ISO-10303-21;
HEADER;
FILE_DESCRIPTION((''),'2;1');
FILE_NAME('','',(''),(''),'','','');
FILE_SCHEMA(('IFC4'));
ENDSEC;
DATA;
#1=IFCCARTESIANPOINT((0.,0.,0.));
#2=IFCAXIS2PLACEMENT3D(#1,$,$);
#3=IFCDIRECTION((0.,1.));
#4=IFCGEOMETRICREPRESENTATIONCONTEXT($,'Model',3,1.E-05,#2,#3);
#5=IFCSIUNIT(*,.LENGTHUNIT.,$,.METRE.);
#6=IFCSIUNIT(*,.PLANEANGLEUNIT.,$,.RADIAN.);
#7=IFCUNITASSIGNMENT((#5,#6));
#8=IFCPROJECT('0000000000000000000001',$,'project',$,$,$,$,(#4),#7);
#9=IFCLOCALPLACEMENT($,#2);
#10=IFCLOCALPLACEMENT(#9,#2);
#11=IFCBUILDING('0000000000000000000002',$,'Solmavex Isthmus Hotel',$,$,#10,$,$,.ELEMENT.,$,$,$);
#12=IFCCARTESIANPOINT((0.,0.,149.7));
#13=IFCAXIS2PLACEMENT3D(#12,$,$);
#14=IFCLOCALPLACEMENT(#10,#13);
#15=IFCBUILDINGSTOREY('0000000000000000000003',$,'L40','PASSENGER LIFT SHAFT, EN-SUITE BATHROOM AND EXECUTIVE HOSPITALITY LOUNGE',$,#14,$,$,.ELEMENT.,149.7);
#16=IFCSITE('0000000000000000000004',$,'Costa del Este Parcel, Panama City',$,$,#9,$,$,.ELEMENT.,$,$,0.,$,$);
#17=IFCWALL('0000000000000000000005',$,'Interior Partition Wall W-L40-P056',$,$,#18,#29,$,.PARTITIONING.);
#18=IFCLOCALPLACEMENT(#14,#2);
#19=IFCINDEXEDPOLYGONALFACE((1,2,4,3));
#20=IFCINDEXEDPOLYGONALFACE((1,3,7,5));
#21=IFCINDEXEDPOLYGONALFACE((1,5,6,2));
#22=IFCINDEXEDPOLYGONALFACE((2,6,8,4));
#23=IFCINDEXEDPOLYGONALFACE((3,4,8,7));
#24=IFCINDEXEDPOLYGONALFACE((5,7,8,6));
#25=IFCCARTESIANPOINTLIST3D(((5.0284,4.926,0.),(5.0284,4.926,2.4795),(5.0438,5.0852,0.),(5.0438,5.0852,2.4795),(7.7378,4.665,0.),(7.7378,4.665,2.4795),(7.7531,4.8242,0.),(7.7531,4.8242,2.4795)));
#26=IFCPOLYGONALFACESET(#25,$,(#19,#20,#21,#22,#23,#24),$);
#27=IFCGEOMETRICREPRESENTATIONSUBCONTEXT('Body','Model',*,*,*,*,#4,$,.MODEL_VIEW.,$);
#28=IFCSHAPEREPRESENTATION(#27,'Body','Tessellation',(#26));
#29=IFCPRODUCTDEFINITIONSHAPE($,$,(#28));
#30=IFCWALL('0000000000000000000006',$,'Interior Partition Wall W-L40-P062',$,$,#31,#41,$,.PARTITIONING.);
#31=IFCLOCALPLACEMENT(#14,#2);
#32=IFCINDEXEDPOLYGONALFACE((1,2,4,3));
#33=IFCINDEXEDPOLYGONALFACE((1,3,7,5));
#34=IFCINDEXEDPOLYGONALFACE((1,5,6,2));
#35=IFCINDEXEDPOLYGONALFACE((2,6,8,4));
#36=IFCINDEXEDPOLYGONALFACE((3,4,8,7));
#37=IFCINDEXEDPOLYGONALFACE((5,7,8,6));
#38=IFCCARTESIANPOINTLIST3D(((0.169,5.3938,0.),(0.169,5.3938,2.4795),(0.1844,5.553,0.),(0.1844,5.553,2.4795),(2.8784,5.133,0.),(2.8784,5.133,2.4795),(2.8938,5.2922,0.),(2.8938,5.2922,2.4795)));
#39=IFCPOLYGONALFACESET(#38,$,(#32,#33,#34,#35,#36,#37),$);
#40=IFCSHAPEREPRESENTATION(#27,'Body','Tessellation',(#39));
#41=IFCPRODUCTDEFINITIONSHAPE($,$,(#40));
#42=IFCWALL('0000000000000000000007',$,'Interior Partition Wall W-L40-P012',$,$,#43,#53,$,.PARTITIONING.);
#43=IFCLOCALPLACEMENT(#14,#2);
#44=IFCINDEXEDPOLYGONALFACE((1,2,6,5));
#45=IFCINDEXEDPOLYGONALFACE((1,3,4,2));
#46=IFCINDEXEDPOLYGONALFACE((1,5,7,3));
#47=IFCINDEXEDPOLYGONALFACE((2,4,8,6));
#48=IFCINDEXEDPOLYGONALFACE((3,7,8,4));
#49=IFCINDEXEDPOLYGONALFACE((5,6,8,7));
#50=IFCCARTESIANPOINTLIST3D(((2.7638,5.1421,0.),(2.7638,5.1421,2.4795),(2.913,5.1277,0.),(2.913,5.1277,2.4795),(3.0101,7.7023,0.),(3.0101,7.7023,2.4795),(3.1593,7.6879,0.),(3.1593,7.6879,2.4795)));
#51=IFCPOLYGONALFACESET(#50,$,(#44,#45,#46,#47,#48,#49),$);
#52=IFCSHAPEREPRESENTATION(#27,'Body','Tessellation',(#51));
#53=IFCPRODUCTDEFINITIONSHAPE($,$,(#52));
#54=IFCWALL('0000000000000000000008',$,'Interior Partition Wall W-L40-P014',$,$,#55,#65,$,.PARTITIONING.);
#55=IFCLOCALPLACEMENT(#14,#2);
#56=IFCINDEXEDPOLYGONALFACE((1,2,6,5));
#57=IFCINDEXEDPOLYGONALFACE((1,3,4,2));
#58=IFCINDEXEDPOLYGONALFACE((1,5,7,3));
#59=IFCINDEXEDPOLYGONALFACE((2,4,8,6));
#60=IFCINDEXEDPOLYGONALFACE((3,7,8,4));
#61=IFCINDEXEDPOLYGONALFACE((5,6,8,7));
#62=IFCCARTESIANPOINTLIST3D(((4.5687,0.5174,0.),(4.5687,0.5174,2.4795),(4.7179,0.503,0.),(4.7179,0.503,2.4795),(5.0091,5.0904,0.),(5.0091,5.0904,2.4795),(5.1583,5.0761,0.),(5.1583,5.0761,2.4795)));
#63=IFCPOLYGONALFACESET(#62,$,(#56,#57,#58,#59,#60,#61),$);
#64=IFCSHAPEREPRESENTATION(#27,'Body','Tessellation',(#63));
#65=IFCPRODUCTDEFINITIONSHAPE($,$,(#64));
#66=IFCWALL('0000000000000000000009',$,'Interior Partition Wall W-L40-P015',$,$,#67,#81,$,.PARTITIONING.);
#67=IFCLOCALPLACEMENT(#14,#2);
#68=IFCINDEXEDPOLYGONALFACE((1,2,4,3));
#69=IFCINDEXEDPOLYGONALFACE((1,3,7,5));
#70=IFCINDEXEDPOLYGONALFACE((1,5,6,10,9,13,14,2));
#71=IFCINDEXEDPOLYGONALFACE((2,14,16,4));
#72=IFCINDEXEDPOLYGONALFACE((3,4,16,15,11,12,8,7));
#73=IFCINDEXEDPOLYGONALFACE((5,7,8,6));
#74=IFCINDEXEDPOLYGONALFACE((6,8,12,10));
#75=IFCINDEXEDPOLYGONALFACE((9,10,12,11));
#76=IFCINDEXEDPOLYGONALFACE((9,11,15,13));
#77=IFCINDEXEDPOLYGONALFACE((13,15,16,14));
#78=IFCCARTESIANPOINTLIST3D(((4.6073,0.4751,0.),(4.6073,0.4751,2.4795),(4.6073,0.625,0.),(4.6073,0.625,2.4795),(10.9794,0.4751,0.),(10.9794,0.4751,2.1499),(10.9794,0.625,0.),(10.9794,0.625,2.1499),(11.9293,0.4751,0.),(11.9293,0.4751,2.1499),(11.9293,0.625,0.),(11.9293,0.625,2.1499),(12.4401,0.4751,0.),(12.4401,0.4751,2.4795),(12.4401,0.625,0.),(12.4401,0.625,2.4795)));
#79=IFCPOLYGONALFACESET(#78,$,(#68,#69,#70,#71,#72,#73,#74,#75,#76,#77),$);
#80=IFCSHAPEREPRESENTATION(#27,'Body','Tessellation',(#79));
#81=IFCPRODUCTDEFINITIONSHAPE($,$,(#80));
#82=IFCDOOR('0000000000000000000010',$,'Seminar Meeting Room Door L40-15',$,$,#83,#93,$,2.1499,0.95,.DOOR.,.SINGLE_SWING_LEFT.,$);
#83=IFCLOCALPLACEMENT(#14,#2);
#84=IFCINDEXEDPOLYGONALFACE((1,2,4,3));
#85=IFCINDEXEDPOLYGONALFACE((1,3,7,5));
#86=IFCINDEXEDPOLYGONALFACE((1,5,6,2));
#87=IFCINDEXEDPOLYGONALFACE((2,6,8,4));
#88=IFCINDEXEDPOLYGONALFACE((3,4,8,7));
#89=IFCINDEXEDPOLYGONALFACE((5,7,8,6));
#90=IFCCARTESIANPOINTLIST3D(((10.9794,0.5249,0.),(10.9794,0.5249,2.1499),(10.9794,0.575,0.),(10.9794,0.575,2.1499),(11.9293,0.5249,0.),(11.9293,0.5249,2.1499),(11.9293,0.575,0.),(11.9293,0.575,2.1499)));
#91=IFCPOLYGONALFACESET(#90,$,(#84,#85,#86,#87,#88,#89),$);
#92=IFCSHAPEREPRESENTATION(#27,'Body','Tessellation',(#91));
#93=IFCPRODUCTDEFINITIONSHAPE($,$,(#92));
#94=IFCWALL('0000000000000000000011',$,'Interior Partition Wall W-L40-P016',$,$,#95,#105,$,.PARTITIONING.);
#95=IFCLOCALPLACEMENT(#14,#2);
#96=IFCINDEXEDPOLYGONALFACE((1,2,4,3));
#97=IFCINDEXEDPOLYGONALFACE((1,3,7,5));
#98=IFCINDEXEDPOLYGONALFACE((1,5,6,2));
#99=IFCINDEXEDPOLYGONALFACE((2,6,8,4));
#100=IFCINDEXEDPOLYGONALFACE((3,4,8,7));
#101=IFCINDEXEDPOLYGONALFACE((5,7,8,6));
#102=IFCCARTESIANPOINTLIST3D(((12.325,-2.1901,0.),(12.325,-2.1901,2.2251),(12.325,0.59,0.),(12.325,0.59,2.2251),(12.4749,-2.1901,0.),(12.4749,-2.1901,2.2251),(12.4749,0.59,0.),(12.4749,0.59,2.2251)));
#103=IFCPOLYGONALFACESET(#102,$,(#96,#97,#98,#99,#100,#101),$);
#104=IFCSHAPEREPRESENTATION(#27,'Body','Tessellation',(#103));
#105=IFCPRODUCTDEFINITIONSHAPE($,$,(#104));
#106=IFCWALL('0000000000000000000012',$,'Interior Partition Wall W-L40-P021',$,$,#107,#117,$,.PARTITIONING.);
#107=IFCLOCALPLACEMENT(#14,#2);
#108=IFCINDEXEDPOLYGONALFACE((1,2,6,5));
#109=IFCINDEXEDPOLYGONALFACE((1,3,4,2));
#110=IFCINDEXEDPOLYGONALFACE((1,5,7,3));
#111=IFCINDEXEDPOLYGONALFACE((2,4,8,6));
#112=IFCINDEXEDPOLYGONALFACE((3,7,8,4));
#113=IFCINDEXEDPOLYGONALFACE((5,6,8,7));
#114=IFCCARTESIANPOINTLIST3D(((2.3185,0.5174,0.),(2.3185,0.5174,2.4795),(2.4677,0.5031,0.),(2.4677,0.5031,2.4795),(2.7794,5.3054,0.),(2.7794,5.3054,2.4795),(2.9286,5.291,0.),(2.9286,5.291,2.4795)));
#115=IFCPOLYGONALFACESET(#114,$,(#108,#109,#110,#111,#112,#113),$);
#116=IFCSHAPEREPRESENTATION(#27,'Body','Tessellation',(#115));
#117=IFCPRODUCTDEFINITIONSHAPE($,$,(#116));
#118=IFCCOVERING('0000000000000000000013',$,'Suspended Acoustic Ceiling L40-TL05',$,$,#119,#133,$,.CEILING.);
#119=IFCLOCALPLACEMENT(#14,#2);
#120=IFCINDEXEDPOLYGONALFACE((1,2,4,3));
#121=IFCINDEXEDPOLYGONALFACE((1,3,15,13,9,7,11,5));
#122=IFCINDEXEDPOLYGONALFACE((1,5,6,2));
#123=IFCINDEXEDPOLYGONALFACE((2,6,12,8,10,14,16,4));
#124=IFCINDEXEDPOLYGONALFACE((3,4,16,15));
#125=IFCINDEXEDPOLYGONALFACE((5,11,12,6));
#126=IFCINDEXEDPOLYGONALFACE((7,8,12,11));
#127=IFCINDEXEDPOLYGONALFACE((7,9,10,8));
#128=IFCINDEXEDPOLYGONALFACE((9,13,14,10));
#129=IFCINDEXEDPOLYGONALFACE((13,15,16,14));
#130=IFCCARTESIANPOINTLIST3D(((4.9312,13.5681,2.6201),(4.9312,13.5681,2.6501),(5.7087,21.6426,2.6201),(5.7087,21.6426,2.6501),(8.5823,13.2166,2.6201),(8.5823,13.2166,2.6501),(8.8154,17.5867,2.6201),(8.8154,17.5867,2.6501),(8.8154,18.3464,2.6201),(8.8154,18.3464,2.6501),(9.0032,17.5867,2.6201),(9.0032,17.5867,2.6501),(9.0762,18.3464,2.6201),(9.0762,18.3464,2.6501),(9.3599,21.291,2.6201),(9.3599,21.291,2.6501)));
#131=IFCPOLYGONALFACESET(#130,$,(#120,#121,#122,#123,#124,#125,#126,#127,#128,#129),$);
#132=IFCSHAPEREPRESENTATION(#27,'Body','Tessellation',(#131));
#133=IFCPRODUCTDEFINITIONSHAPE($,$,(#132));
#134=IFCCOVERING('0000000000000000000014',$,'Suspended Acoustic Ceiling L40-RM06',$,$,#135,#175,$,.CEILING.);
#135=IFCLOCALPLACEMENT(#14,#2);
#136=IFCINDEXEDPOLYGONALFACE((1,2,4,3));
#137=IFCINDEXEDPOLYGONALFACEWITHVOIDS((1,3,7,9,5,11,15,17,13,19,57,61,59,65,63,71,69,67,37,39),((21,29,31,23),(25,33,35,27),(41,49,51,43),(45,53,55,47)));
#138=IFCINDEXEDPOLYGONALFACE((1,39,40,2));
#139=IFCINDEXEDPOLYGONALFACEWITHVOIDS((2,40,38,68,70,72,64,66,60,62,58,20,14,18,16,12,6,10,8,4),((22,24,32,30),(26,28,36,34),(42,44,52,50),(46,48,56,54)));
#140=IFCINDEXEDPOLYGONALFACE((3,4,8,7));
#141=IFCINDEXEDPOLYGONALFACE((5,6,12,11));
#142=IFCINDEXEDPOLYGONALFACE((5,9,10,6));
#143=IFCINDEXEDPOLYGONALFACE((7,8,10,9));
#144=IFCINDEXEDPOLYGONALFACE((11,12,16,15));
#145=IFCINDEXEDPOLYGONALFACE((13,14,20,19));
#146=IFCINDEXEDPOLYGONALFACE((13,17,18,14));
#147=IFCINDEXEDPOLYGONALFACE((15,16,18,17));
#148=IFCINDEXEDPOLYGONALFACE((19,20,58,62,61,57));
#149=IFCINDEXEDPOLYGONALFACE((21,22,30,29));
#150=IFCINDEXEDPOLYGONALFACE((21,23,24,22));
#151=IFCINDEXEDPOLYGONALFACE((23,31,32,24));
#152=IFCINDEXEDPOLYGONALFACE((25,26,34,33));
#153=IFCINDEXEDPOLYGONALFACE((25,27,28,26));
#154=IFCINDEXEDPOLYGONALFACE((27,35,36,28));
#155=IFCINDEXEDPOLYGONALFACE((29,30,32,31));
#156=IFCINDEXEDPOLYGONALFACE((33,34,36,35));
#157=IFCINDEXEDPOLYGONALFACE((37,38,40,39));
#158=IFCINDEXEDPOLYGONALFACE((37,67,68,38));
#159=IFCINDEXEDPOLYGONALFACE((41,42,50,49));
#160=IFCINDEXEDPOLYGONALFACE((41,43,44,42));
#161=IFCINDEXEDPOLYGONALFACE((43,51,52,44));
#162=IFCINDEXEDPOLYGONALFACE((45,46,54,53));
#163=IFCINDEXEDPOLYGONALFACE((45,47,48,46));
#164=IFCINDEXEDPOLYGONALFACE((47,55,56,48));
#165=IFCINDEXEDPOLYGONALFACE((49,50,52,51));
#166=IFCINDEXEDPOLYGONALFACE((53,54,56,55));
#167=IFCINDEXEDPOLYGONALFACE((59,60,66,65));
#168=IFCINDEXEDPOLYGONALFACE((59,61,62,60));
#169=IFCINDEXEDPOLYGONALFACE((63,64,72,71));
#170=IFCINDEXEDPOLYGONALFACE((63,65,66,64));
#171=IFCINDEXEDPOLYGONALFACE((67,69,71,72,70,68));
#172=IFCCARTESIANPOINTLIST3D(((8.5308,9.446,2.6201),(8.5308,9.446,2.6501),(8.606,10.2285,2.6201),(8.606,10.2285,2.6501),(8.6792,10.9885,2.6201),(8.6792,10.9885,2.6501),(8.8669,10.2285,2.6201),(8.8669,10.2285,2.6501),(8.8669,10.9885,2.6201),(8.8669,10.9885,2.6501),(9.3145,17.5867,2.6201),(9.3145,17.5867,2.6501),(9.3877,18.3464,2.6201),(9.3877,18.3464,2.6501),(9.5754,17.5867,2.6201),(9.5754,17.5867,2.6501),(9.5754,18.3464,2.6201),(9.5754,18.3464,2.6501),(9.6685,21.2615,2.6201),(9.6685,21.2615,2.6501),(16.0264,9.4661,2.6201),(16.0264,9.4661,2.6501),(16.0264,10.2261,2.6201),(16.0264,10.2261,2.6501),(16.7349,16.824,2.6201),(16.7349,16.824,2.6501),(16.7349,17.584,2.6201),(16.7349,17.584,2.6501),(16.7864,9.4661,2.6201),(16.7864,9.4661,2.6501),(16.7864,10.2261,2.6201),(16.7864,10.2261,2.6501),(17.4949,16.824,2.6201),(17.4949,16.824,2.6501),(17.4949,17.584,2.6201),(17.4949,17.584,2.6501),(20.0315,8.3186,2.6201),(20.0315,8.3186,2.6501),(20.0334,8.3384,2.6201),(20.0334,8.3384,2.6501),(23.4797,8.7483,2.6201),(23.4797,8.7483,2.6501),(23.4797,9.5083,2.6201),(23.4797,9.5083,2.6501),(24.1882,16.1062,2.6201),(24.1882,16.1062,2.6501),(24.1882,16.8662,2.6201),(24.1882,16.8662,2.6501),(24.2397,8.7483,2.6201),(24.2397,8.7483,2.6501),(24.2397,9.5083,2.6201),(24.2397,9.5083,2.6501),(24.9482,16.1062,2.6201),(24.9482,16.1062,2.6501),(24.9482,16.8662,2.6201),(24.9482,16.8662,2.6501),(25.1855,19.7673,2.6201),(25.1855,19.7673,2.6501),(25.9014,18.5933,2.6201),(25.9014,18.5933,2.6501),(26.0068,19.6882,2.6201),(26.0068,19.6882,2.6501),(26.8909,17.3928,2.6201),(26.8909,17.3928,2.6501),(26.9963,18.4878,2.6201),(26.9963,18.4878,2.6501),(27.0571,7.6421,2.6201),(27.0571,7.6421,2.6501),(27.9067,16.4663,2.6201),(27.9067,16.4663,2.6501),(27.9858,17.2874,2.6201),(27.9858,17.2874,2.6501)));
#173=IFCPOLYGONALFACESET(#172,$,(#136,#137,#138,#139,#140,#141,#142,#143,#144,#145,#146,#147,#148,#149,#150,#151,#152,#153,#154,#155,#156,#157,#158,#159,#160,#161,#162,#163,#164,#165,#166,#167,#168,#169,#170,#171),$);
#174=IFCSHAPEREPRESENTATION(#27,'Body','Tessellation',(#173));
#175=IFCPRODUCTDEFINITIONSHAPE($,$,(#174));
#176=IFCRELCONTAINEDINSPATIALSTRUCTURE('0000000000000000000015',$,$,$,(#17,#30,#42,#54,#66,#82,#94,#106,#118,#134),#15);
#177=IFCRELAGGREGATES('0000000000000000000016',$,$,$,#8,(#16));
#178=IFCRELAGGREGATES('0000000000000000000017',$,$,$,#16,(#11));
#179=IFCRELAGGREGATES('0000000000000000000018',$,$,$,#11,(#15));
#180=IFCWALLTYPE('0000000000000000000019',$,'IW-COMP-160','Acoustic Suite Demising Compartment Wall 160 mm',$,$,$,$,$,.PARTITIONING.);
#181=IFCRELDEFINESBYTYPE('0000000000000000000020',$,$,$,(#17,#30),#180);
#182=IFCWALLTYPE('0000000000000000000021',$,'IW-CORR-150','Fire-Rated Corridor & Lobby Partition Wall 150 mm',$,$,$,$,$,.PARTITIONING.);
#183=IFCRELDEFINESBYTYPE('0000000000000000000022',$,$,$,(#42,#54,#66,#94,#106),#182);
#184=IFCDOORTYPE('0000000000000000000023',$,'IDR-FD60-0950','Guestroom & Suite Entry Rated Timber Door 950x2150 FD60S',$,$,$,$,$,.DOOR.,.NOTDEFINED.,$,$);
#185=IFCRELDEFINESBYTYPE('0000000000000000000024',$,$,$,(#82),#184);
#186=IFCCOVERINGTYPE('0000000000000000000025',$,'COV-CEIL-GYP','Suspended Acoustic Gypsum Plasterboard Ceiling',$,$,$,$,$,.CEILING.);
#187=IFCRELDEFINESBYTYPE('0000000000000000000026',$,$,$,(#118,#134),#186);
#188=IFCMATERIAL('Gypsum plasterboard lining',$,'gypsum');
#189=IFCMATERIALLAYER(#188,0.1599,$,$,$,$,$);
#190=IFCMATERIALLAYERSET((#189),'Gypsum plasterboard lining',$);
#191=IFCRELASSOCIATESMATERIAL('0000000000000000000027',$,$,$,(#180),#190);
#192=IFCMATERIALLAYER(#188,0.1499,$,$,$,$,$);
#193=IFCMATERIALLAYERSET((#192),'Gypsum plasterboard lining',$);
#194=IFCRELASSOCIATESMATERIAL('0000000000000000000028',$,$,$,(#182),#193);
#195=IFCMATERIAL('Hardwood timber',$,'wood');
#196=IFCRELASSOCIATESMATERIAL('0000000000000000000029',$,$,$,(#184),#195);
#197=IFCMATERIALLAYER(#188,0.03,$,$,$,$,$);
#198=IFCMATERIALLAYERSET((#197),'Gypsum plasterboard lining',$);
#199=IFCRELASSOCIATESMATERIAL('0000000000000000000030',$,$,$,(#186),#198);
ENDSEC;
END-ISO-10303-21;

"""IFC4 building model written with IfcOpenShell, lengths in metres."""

from ifc_helpers import new_model, si_unit, direction, frame, frame_2d, origin, place, context, subcontext, project, spatial, polyline, rectangle, outline, extrude, material, layer, layer_set, type_object, element, fill, save


model = new_model("IFC4")

# Units and contexts
model_context = context("Model", 3, precision=1e-05, world=origin(), true_north=direction((0.0, 1.0)))
body_context = subcontext(model_context, "Body", "Model", "MODEL_VIEW")
ifc_project = project(units=[si_unit("LENGTHUNIT", "METRE"), si_unit("PLANEANGLEUNIT", "RADIAN")], contexts=[model_context])

# Site, building, storey
site_placement = place(None, origin())
site = spatial("IfcSite", under=ifc_project, at=site_placement, Name="Costa del Este Parcel, Panama City", CompositionType="ELEMENT", RefElevation=0.0)
building_placement = place(site_placement, origin())
building = spatial("IfcBuilding", under=site, at=building_placement, Name="Solmavex Isthmus Hotel", CompositionType="ELEMENT")
storey_placement = place(building_placement, frame((0.0, 0.0, 149.7)))
storey = spatial("IfcBuildingStorey", under=building, at=storey_placement, Name="L40", Description="PASSENGER LIFT SHAFT, EN-SUITE BATHROOM AND EXECUTIVE HOSPITALITY LOUNGE", CompositionType="ELEMENT", Elevation=149.7)

# Walls
ifc_material_1 = material(Name="Gypsum plasterboard lining", Category="gypsum")
ifc_layer_1 = layer(ifc_material_1, 0.1599)
ifc_layer_set_1 = layer_set([ifc_layer_1], Name="Gypsum plasterboard lining")
wall_type_1 = type_object("IfcWallType", Name="IW-COMP-160", Description="Acoustic Suite Demising Compartment Wall 160 mm", PredefinedType="PARTITIONING", material=ifc_layer_set_1)
for number, where, z_axis, x_axis, name in (
    (1, (7.7454, 4.7446, 0.0), (0.0, 0.0, 1.0), (-0.995393, 0.09588, 0.0), "Interior Partition Wall W-L40-P056"),
    (2, (2.886, 5.2126, 0.0), (0.0, 0.0, 1.0), (-0.995401, 0.095791, 0.0), "Interior Partition Wall W-L40-P062"),
):
    element("IfcWall", number, at=place(storey_placement, frame(where, z_axis=z_axis, x_axis=x_axis)), inside=storey, type_object=wall_type_1, Name=name, PredefinedType="PARTITIONING", context=body_context, shape_type="SweptSolid", body=[
        extrude(rectangle(XDim=2.7219, YDim=0.1599, at=frame_2d((1.3608, 0.0))), origin(), (0.0, 0.0, 1.0), 2.4795),
    ])
ifc_layer_2 = layer(ifc_material_1, 0.1499)
ifc_layer_set_2 = layer_set([ifc_layer_2], Name="Gypsum plasterboard lining")
wall_type_2 = type_object("IfcWallType", Name="IW-CORR-150", Description="Fire-Rated Corridor & Lobby Partition Wall 150 mm", PredefinedType="PARTITIONING", material=ifc_layer_set_2)
wall_1_placement = place(storey_placement, frame((2.8384, 5.1348, 0.0), z_axis=(0.0, 0.0, 1.0), x_axis=(0.095772, 0.995403, 0.0)))
element("IfcWall", 3, at=wall_1_placement, inside=storey, type_object=wall_type_2, Name="Interior Partition Wall W-L40-P012", PredefinedType="PARTITIONING", context=body_context, shape_type="SweptSolid", body=[
    extrude(rectangle(XDim=2.572, YDim=0.1499, at=frame_2d((1.2861, 0.0))), origin(), (0.0, 0.0, 1.0), 2.4795),
])
wall_2_placement = place(storey_placement, frame((5.0837, 5.0833, 0.0), z_axis=(0.0, 0.0, 1.0), x_axis=(-0.095867, -0.995394, 0.0)))
element("IfcWall", 4, at=wall_2_placement, inside=storey, type_object=wall_type_2, Name="Interior Partition Wall W-L40-P014", PredefinedType="PARTITIONING", context=body_context, shape_type="SweptSolid", body=[
    extrude(rectangle(XDim=4.5942, YDim=0.1499, at=frame_2d((2.2971, 0.0))), origin(), (0.0, 0.0, 1.0), 2.4795),
])

# Wall, opening, door
wall_3_placement = place(storey_placement, frame((4.6072, 0.55, 0.0), z_axis=(0.0, 0.0, 1.0), x_axis=(1.0, 0.0, 0.0)))
wall_3 = element("IfcWall", 5, at=wall_3_placement, inside=storey, type_object=wall_type_2, Name="Interior Partition Wall W-L40-P015", PredefinedType="PARTITIONING", context=body_context, shape_type="SweptSolid", body=[
    extrude(rectangle(XDim=7.8328, YDim=0.1499, at=frame_2d((3.9165, 0.0))), origin(), (0.0, 0.0, 1.0), 2.4795),
])
opening_placement = place(wall_3_placement, frame((6.3721, 0.0, 0.0)))
opening = element("IfcOpeningElement", 6, at=opening_placement, cuts=wall_3, PredefinedType="OPENING", context=body_context, shape_type="SweptSolid", body=[
    extrude(rectangle(XDim=0.95, YDim=2.1499, at=frame_2d((0.4751, 1.075))), frame((0.0, 0.085, 0.0), z_axis=(0.0, -1.0, 0.0), x_axis=(1.0, 0.0, 0.0)), (0.0, 0.0, 1.0), 0.1699),
])
ifc_material_2 = material(Name="Hardwood timber", Category="wood")
door_type = type_object("IfcDoorType", Name="IDR-FD60-0950", Description="Guestroom & Suite Entry Rated Timber Door 950x2150 FD60S", OperationType="NOTDEFINED", PredefinedType="DOOR", material=ifc_material_2)
door_placement = place(opening_placement, origin())
door = element("IfcDoor", 7, at=door_placement, inside=storey, type_object=door_type, Name="Seminar Meeting Room Door L40-15", OperationType="SINGLE_SWING_LEFT", OverallHeight=2.1499, OverallWidth=0.95, PredefinedType="DOOR", context=body_context, shape_type="SweptSolid", body=[
    extrude(rectangle(XDim=0.95, YDim=2.1499, at=frame_2d((0.4751, 1.075))), frame((0.0, 0.0249, 0.0), z_axis=(0.0, -1.0, 0.0), x_axis=(1.0, 0.0, 0.0)), (0.0, 0.0, 1.0), 0.05),
])
fill(opening, door)

# Walls
wall_4_placement = place(storey_placement, frame((12.3999, 0.5901, 0.0), z_axis=(0.0, 0.0, 1.0), x_axis=(0.0, -1.0, 0.0)))
element("IfcWall", 8, at=wall_4_placement, inside=storey, type_object=wall_type_2, Name="Interior Partition Wall W-L40-P016", PredefinedType="PARTITIONING", context=body_context, shape_type="SweptSolid", body=[
    extrude(rectangle(XDim=2.78, YDim=0.1499, at=frame_2d((1.3901, 0.0))), origin(), (0.0, 0.0, 1.0), 2.2251),
])
wall_5_placement = place(storey_placement, frame((2.3931, 0.5103, 0.0), z_axis=(0.0, 0.0, 1.0), x_axis=(0.095829, 0.995398, 0.0)))
element("IfcWall", 9, at=wall_5_placement, inside=storey, type_object=wall_type_2, Name="Interior Partition Wall W-L40-P021", PredefinedType="PARTITIONING", context=body_context, shape_type="SweptSolid", body=[
    extrude(rectangle(XDim=4.8101, YDim=0.1499, at=frame_2d((2.405, 0.0))), origin(), (0.0, 0.0, 1.0), 2.4795),
])

# Coverings
ifc_layer_3 = layer(ifc_material_1, 0.03)
ifc_layer_set_3 = layer_set([ifc_layer_3], Name="Gypsum plasterboard lining")
covering_type_1 = type_object("IfcCoveringType", Name="COV-CEIL-GYP", Description="Suspended Acoustic Gypsum Plasterboard Ceiling", PredefinedType="CEILING", material=ifc_layer_set_3)
covering_1_placement = place(storey_placement, frame((0.0, 0.0, 2.6201)))
element("IfcCovering", 10, at=covering_1_placement, inside=storey, type_object=covering_type_1, Name="Suspended Acoustic Ceiling L40-TL05", PredefinedType="CEILING", context=body_context, shape_type="SweptSolid", body=[
    extrude(outline(polyline([(9.0032, 17.5867), (8.8154, 17.5867), (8.8154, 18.3464), (9.0762, 18.3464), (9.3599, 21.291), (5.7087, 21.6426), (4.9312, 13.5681), (8.5823, 13.2166), (9.0032, 17.5867)])), origin(), (0.0, 0.0, 1.0), 0.03),
])
covering_2_placement = place(storey_placement, frame((0.0, 0.0, 2.6201)))
element("IfcCovering", 11, at=covering_2_placement, inside=storey, type_object=covering_type_1, Name="Suspended Acoustic Ceiling L40-RM06", PredefinedType="CEILING", context=body_context, shape_type="SweptSolid", body=[
    extrude(outline(polyline([(8.6792, 10.9885), (8.8669, 10.9885), (8.8669, 10.2285), (8.606, 10.2285), (8.5308, 9.446), (20.0334, 8.3384), (20.0315, 8.3186), (27.0571, 7.6421), (27.9067, 16.4663), (27.9858, 17.2874), (26.8909, 17.3928), (26.9963, 18.4878), (25.9014, 18.5933), (26.0068, 19.6882), (25.1855, 19.7673), (9.6685, 21.2615), (9.3877, 18.3464), (9.5754, 18.3464), (9.5754, 17.5867), (9.3145, 17.5867), (8.6792, 10.9885)]), holes=[polyline([(24.1882, 16.1062), (24.1882, 16.8662), (24.9482, 16.8662), (24.9482, 16.1062), (24.1882, 16.1062)]), polyline([(23.4797, 8.7483), (23.4797, 9.5083), (24.2397, 9.5083), (24.2397, 8.7483), (23.4797, 8.7483)]), polyline([(16.7349, 16.824), (16.7349, 17.584), (17.4949, 17.584), (17.4949, 16.824), (16.7349, 16.824)]), polyline([(16.0264, 9.4661), (16.0264, 10.2261), (16.7864, 10.2261), (16.7864, 9.4661), (16.0264, 9.4661)])]), origin(), (0.0, 0.0, 1.0), 0.03),
])

save(model, "model.ifc")
